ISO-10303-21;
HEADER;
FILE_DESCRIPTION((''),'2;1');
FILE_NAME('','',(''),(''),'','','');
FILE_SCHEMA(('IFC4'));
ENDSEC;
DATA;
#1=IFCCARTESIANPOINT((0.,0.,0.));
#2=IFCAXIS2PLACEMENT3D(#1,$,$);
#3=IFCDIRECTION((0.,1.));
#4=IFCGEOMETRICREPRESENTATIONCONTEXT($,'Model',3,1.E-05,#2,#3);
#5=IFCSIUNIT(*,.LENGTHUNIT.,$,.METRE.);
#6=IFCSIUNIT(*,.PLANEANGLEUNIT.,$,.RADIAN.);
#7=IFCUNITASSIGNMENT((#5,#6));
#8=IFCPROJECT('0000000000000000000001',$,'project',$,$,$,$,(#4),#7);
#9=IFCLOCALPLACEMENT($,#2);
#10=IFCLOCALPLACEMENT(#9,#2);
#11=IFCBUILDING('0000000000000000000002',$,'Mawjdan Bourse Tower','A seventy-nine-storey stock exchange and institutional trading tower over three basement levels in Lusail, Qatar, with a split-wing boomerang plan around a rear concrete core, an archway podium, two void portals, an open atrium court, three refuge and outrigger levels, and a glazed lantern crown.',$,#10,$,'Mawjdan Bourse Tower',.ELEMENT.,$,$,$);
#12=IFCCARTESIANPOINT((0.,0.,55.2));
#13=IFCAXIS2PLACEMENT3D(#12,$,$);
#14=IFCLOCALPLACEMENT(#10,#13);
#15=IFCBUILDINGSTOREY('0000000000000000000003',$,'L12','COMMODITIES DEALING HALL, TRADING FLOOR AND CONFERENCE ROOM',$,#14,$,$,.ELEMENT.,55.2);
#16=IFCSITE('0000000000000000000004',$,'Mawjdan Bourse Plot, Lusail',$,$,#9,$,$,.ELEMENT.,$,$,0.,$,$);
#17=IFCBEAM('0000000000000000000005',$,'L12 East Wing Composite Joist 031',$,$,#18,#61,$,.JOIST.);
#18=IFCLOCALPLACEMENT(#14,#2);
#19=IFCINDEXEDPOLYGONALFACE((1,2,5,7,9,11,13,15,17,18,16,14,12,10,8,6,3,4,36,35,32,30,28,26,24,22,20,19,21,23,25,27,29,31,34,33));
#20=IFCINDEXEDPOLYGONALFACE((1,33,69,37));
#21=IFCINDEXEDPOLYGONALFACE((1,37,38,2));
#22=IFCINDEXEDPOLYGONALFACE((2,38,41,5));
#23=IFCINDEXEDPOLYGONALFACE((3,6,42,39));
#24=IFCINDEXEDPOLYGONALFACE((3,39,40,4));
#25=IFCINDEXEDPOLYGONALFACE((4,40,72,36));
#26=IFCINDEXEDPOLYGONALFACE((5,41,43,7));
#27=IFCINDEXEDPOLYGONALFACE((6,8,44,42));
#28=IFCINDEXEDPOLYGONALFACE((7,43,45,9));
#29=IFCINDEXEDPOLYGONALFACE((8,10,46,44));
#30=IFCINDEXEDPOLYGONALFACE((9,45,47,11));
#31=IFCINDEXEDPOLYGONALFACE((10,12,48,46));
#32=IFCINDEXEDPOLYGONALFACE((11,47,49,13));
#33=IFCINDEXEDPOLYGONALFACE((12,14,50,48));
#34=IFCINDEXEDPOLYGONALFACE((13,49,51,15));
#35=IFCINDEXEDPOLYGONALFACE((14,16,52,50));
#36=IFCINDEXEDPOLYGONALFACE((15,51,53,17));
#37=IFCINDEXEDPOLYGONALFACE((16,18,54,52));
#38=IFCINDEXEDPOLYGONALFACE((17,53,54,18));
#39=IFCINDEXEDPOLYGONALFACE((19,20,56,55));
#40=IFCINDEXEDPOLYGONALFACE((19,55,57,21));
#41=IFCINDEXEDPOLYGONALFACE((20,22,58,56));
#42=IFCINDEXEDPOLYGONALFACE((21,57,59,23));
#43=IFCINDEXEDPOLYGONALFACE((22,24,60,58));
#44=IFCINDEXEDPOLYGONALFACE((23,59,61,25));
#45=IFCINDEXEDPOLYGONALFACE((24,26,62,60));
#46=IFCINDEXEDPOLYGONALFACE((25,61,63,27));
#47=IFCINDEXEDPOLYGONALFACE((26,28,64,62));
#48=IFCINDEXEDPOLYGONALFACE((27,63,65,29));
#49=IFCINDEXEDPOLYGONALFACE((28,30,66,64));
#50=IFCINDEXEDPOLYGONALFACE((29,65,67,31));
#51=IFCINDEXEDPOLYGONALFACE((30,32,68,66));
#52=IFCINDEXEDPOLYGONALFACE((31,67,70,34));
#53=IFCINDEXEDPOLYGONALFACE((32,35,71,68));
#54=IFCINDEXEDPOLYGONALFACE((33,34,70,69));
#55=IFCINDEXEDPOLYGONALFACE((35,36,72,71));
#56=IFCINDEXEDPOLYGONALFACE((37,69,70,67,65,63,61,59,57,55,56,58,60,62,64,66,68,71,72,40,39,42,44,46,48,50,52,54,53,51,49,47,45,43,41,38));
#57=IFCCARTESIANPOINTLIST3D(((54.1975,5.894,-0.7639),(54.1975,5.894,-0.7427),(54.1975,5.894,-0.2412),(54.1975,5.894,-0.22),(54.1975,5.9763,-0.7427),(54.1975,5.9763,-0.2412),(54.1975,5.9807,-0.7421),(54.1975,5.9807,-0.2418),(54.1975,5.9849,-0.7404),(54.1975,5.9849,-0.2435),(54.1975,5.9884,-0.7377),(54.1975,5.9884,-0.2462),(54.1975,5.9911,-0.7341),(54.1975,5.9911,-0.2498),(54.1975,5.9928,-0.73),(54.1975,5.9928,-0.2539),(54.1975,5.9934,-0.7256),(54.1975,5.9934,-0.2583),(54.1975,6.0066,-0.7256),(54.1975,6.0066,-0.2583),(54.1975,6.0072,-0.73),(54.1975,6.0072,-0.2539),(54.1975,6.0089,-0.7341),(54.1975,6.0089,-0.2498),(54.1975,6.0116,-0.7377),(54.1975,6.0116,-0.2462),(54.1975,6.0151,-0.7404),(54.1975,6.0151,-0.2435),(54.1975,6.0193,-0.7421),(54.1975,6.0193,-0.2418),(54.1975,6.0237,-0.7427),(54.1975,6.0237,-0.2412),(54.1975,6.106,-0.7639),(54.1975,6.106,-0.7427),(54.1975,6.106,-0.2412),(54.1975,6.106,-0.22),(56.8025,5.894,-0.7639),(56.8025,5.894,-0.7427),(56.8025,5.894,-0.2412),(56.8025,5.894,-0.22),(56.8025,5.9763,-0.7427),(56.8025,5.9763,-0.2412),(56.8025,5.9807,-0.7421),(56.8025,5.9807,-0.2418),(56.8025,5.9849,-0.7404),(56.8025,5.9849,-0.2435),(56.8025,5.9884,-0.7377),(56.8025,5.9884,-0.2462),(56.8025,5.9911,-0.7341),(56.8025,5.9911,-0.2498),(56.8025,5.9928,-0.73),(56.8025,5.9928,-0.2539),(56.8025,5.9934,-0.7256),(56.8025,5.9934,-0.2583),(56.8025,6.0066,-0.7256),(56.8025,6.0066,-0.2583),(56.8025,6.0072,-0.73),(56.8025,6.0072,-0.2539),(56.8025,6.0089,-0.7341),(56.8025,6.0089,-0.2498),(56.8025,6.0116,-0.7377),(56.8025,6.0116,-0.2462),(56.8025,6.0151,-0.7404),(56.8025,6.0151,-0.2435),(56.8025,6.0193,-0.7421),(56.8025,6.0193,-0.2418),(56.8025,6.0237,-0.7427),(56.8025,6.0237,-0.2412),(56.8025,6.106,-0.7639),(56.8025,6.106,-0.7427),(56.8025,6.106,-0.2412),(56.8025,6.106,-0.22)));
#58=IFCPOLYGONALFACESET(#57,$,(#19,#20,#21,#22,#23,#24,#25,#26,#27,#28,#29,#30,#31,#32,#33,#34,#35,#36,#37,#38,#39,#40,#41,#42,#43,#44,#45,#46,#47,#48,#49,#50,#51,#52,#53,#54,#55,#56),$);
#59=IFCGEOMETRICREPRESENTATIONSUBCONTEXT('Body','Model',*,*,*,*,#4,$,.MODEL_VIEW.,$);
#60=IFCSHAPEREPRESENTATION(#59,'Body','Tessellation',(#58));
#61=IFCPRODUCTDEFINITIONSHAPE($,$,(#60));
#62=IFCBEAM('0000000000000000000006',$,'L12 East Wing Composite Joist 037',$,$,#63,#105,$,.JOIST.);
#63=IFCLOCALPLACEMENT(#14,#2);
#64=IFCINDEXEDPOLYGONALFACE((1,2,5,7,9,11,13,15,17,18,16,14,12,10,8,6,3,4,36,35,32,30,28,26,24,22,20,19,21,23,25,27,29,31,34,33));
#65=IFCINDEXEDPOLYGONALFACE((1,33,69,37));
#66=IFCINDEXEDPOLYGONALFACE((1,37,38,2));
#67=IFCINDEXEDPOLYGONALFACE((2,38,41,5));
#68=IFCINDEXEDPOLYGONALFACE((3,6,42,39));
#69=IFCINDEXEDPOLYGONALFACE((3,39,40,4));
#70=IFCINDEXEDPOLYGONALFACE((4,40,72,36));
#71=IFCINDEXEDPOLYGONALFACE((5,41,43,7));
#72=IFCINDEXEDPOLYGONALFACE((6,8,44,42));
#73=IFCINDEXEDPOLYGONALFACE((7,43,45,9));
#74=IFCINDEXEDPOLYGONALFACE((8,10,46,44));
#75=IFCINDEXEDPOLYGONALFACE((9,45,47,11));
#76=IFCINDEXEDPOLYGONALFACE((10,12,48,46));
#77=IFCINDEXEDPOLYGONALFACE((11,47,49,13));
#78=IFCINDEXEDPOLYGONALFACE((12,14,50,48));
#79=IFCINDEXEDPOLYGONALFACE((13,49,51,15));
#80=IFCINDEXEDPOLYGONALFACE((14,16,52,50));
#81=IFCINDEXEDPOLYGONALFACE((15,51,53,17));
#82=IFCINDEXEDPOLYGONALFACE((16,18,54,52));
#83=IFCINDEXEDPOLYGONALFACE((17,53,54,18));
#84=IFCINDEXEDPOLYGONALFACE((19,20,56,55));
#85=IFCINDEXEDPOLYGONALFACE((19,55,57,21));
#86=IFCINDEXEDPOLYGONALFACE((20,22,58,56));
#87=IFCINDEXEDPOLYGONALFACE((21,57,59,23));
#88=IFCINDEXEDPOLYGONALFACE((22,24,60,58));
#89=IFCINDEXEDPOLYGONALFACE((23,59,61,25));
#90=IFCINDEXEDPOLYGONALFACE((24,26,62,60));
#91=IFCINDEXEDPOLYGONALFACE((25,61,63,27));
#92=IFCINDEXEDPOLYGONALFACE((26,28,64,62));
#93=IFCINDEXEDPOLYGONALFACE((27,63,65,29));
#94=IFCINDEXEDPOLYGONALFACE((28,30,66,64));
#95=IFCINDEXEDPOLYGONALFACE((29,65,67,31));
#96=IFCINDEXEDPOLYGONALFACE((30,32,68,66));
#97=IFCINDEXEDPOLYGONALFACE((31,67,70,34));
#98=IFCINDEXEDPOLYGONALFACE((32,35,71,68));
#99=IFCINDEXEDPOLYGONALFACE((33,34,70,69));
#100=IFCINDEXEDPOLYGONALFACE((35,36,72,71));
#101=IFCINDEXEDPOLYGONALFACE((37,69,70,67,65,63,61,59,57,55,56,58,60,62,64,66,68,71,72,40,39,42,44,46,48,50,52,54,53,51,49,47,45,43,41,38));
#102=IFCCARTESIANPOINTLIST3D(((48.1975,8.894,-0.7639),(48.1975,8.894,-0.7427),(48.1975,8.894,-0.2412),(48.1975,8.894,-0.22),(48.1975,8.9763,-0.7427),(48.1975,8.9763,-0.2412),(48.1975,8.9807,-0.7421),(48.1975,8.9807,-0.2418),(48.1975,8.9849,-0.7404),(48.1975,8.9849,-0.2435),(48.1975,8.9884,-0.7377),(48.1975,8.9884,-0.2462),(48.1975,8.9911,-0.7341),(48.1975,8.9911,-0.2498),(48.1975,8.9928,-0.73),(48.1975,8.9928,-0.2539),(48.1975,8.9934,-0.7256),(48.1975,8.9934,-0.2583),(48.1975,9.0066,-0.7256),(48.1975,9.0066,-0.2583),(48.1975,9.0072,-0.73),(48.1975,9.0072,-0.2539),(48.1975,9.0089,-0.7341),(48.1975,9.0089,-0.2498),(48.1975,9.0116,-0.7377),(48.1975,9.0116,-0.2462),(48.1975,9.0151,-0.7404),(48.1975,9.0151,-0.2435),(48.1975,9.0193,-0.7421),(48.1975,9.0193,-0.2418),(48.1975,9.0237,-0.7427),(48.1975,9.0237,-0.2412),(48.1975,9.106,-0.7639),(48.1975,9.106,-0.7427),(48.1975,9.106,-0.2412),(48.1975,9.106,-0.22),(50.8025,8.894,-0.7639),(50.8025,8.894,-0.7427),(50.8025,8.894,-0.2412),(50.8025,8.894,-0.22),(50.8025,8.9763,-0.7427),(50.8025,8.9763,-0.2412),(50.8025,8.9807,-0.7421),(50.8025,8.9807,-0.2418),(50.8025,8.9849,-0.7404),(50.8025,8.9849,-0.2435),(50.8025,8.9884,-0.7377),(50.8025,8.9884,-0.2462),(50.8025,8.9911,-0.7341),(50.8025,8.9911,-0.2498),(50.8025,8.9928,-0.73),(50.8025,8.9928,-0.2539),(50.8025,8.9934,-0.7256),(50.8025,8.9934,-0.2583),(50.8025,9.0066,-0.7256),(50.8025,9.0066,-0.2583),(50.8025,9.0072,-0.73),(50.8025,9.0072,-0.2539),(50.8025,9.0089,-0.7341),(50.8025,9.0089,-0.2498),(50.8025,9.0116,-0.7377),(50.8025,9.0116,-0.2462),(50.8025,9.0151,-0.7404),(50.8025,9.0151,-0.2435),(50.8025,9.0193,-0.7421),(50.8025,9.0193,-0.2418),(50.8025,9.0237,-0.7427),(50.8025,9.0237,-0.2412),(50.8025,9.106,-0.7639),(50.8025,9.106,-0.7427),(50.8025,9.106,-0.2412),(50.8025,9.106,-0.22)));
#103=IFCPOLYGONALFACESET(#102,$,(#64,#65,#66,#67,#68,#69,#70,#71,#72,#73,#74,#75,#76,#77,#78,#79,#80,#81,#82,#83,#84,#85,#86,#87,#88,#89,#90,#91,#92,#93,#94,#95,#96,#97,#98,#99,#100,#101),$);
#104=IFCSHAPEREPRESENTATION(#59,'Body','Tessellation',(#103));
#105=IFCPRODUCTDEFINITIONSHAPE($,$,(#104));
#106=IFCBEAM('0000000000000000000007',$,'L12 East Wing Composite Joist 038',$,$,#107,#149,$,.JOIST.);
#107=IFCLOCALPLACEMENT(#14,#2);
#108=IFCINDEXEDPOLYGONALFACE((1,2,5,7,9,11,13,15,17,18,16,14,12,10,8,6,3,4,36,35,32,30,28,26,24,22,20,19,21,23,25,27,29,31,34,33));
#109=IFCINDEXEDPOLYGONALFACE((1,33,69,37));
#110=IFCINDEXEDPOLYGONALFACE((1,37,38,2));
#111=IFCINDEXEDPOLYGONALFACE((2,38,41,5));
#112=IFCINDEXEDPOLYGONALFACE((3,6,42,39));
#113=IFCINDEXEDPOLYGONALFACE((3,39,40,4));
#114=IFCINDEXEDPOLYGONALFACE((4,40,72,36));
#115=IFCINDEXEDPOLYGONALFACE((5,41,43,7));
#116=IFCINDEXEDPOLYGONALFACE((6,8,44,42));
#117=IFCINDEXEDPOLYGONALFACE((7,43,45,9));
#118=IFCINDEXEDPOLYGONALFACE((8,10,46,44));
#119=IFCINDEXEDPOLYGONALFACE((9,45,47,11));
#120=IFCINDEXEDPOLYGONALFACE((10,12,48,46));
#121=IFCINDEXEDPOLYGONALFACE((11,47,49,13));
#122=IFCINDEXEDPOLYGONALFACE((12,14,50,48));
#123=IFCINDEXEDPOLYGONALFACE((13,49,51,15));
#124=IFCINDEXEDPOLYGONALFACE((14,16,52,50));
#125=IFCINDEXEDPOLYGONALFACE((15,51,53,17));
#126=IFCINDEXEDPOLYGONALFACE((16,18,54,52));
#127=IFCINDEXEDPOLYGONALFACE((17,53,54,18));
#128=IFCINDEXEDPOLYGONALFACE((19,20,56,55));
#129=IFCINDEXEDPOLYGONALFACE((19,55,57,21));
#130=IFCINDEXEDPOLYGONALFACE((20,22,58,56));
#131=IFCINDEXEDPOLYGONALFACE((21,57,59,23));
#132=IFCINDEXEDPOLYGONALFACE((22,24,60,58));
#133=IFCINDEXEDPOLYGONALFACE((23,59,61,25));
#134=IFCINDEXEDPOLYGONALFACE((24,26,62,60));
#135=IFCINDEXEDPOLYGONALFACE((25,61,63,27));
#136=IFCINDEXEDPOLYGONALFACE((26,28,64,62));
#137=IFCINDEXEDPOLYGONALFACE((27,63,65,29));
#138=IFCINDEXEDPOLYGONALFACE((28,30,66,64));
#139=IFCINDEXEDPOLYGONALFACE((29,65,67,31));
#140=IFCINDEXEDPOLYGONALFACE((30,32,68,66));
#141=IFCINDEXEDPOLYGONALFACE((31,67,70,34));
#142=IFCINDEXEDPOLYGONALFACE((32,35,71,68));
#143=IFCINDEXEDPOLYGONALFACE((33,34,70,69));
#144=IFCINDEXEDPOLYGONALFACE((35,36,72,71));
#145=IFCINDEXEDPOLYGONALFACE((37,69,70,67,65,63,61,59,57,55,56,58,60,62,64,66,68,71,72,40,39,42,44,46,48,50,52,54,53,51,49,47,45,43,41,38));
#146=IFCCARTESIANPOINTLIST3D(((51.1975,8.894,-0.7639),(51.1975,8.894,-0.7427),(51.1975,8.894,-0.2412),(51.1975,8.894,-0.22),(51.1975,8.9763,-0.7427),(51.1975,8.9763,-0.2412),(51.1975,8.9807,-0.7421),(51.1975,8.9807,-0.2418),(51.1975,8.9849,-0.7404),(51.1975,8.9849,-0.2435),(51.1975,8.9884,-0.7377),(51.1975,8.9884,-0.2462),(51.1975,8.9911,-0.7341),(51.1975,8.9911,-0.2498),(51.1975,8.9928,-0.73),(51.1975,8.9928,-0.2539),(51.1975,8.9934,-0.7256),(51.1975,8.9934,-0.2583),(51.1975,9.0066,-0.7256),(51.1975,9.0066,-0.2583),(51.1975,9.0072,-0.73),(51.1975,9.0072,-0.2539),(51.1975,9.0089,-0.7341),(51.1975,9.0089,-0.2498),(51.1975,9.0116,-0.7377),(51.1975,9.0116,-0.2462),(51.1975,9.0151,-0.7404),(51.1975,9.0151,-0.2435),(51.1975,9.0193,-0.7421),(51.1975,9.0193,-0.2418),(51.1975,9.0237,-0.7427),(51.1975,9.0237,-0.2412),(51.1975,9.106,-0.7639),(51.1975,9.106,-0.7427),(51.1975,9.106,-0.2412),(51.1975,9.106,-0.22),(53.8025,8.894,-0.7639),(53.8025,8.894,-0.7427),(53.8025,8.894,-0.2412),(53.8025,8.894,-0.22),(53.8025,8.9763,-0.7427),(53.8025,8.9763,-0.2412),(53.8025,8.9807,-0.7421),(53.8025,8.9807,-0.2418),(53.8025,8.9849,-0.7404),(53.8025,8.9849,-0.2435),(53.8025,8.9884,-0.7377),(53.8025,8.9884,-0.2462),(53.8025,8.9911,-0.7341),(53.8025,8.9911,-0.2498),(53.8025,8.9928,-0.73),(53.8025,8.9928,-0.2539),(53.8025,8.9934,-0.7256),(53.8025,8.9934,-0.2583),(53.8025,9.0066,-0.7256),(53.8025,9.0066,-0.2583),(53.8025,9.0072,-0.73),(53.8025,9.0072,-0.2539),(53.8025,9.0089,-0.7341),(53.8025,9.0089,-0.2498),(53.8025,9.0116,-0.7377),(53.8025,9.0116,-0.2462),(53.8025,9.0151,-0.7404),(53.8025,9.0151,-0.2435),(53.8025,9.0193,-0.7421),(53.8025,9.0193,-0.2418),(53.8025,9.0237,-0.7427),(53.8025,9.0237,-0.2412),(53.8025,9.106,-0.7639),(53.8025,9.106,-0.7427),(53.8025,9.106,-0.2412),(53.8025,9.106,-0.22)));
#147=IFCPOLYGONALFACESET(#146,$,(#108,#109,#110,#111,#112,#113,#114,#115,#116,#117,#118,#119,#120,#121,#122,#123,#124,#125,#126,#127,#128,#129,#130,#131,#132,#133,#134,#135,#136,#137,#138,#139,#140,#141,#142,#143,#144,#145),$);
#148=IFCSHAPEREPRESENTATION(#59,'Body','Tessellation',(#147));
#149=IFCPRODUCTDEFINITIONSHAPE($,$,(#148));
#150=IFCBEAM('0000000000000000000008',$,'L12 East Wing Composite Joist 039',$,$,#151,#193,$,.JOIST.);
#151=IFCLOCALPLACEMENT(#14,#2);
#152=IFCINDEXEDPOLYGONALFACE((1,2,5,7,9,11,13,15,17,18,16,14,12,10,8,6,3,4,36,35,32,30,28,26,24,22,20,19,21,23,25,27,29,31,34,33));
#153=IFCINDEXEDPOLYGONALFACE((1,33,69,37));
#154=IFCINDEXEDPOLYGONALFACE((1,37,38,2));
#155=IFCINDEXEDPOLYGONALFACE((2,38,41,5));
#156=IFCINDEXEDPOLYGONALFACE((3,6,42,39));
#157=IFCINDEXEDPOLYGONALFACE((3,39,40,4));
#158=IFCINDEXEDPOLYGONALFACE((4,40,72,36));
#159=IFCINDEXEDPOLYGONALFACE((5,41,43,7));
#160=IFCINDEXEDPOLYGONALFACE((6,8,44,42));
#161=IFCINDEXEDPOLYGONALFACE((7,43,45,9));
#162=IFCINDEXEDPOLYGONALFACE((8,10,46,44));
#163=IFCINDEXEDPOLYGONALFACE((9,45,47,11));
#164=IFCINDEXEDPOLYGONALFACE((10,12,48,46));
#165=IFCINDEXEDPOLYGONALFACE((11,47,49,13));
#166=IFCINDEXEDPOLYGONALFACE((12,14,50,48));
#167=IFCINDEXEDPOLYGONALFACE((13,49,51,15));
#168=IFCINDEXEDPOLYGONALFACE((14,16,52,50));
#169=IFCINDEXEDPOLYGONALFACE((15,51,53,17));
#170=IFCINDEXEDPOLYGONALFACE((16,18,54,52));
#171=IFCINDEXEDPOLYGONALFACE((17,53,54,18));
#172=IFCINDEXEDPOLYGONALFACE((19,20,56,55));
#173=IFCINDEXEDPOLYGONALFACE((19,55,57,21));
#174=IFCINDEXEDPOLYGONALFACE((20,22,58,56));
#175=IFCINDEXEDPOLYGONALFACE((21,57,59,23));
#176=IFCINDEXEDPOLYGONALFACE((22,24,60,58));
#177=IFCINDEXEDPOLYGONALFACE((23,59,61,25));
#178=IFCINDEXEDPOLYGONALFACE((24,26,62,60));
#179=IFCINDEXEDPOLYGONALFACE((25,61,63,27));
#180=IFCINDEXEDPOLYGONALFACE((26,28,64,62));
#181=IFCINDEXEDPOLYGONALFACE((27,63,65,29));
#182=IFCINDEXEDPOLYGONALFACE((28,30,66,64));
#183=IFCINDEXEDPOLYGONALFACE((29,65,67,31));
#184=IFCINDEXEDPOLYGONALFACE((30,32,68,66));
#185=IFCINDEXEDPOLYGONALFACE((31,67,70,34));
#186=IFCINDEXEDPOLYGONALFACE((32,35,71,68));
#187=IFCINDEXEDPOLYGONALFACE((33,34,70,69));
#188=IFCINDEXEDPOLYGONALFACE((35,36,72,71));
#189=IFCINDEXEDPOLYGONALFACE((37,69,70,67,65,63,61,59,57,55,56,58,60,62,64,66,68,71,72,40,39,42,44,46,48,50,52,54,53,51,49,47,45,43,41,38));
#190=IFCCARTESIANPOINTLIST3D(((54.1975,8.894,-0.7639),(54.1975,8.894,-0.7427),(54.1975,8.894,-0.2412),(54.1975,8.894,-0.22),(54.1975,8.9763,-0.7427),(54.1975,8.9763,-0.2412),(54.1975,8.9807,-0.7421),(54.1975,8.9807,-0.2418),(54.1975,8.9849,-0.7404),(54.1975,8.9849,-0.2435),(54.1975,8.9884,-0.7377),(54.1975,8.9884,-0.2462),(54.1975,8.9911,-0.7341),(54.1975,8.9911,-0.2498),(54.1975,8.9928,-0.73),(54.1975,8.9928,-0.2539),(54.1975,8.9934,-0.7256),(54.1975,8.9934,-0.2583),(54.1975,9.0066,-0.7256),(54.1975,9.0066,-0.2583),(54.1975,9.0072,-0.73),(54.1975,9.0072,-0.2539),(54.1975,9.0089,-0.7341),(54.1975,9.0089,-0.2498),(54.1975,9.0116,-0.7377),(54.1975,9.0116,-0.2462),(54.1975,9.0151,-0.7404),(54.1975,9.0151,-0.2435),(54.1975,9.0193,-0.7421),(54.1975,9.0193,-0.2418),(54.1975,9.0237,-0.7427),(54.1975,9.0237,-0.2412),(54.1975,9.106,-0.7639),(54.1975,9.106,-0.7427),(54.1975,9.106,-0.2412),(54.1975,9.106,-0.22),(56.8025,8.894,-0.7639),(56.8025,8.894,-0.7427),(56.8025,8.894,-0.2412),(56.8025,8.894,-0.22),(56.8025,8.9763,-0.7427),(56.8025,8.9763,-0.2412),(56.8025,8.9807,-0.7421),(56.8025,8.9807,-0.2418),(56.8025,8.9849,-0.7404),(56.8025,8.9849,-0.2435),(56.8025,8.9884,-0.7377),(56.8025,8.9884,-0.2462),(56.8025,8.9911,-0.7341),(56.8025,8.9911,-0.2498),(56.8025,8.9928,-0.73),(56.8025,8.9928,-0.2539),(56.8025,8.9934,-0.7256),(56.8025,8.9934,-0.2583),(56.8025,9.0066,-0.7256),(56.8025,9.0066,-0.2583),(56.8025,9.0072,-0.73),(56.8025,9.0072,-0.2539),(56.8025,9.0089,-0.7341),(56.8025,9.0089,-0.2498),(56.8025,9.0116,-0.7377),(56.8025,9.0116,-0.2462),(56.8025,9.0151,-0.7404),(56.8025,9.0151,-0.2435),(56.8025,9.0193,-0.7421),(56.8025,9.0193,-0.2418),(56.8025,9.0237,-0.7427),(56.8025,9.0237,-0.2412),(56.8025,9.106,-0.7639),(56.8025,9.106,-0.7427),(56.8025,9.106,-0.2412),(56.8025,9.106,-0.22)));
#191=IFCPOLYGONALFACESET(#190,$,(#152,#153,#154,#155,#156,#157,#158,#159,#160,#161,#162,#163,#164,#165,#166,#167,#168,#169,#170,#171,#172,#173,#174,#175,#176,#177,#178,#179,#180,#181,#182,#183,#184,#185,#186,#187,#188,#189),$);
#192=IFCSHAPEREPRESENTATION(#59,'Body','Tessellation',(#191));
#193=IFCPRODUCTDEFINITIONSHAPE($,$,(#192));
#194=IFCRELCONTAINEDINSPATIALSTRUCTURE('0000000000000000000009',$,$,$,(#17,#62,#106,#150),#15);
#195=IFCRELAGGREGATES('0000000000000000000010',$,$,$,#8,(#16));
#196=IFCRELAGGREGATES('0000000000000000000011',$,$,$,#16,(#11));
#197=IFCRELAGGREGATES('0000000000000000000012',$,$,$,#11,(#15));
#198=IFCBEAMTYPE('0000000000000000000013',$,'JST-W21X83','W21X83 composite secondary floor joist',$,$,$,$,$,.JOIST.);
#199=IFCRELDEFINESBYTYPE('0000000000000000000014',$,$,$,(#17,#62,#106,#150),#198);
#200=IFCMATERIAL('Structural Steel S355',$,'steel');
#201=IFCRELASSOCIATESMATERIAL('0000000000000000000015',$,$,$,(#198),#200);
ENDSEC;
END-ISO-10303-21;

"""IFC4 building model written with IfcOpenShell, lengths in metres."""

from ifc_helpers import new_model, si_unit, direction, frame, origin, origin_2d, place, context, subcontext, project, spatial, i_section, extrude, material, material_profile, profile_set, type_object, element, save


model = new_model("IFC4")

# Units and contexts
model_context = context("Model", 3, precision=1e-05, world=origin(), true_north=direction((0.0, 1.0)))
body_context = subcontext(model_context, "Body", "Model", "MODEL_VIEW")
ifc_project = project(units=[si_unit("LENGTHUNIT", "METRE"), si_unit("PLANEANGLEUNIT", "RADIAN")], contexts=[model_context])

# Site, building, storey
site_placement = place(None, origin())
site = spatial("IfcSite", under=ifc_project, at=site_placement, Name="Mawjdan Bourse Plot, Lusail", CompositionType="ELEMENT", RefElevation=0.0)
building_placement = place(site_placement, origin())
building = spatial("IfcBuilding", under=site, at=building_placement, Name="Mawjdan Bourse Tower", Description="A seventy-nine-storey stock exchange and institutional trading tower over three basement levels in Lusail, Qatar, with a split-wing boomerang plan around a rear concrete core, an archway podium, two void portals, an open atrium court, three refuge and outrigger levels, and a glazed lantern crown.", LongName="Mawjdan Bourse Tower", CompositionType="ELEMENT")
storey_placement = place(building_placement, frame((0.0, 0.0, 55.2)))
storey = spatial("IfcBuildingStorey", under=building, at=storey_placement, Name="L12", Description="COMMODITIES DEALING HALL, TRADING FLOOR AND CONFERENCE ROOM", CompositionType="ELEMENT", Elevation=55.2)

# Beams
ifc_material_1 = material(Name="Structural Steel S355", Category="steel")
ifc_material_profile_1 = material_profile(ifc_material_1, i_section(OverallWidth=0.2119, OverallDepth=0.5439, WebThickness=0.0132, FlangeThickness=0.0212, FilletRadius=0.0171, at=origin_2d()), Name="W21X83")
ifc_profile_set_1 = profile_set([ifc_material_profile_1], Name="Structural Steel S355")
beam_type_1 = type_object("IfcBeamType", Name="JST-W21X83", Description="W21X83 composite secondary floor joist", PredefinedType="JOIST", material=ifc_profile_set_1)
for number, where, z_axis, x_axis, name in (
    (1, (54.1975, 6.0, -0.4919), (1.0, 0.0, 0.0), (0.0, 1.0, 0.0), "L12 East Wing Composite Joist 031"),
    (2, (48.1975, 9.0, -0.4919), (1.0, 0.0, 0.0), (0.0, 1.0, 0.0), "L12 East Wing Composite Joist 037"),
    (3, (51.1975, 9.0, -0.4919), (1.0, 0.0, 0.0), (0.0, 1.0, 0.0), "L12 East Wing Composite Joist 038"),
    (4, (54.1975, 9.0, -0.4919), (1.0, 0.0, 0.0), (0.0, 1.0, 0.0), "L12 East Wing Composite Joist 039"),
):
    element("IfcBeam", number, at=place(storey_placement, frame(where, z_axis=z_axis, x_axis=x_axis)), inside=storey, type_object=beam_type_1, Name=name, PredefinedType="JOIST", context=body_context, shape_type="SweptSolid", body=[
        extrude(i_section(OverallWidth=0.2119, OverallDepth=0.5439, WebThickness=0.0132, FlangeThickness=0.0212, FilletRadius=0.0171, at=origin_2d()), origin(), (0.0, 0.0, 1.0), 2.605),
    ])

save(model, "model.ifc")
